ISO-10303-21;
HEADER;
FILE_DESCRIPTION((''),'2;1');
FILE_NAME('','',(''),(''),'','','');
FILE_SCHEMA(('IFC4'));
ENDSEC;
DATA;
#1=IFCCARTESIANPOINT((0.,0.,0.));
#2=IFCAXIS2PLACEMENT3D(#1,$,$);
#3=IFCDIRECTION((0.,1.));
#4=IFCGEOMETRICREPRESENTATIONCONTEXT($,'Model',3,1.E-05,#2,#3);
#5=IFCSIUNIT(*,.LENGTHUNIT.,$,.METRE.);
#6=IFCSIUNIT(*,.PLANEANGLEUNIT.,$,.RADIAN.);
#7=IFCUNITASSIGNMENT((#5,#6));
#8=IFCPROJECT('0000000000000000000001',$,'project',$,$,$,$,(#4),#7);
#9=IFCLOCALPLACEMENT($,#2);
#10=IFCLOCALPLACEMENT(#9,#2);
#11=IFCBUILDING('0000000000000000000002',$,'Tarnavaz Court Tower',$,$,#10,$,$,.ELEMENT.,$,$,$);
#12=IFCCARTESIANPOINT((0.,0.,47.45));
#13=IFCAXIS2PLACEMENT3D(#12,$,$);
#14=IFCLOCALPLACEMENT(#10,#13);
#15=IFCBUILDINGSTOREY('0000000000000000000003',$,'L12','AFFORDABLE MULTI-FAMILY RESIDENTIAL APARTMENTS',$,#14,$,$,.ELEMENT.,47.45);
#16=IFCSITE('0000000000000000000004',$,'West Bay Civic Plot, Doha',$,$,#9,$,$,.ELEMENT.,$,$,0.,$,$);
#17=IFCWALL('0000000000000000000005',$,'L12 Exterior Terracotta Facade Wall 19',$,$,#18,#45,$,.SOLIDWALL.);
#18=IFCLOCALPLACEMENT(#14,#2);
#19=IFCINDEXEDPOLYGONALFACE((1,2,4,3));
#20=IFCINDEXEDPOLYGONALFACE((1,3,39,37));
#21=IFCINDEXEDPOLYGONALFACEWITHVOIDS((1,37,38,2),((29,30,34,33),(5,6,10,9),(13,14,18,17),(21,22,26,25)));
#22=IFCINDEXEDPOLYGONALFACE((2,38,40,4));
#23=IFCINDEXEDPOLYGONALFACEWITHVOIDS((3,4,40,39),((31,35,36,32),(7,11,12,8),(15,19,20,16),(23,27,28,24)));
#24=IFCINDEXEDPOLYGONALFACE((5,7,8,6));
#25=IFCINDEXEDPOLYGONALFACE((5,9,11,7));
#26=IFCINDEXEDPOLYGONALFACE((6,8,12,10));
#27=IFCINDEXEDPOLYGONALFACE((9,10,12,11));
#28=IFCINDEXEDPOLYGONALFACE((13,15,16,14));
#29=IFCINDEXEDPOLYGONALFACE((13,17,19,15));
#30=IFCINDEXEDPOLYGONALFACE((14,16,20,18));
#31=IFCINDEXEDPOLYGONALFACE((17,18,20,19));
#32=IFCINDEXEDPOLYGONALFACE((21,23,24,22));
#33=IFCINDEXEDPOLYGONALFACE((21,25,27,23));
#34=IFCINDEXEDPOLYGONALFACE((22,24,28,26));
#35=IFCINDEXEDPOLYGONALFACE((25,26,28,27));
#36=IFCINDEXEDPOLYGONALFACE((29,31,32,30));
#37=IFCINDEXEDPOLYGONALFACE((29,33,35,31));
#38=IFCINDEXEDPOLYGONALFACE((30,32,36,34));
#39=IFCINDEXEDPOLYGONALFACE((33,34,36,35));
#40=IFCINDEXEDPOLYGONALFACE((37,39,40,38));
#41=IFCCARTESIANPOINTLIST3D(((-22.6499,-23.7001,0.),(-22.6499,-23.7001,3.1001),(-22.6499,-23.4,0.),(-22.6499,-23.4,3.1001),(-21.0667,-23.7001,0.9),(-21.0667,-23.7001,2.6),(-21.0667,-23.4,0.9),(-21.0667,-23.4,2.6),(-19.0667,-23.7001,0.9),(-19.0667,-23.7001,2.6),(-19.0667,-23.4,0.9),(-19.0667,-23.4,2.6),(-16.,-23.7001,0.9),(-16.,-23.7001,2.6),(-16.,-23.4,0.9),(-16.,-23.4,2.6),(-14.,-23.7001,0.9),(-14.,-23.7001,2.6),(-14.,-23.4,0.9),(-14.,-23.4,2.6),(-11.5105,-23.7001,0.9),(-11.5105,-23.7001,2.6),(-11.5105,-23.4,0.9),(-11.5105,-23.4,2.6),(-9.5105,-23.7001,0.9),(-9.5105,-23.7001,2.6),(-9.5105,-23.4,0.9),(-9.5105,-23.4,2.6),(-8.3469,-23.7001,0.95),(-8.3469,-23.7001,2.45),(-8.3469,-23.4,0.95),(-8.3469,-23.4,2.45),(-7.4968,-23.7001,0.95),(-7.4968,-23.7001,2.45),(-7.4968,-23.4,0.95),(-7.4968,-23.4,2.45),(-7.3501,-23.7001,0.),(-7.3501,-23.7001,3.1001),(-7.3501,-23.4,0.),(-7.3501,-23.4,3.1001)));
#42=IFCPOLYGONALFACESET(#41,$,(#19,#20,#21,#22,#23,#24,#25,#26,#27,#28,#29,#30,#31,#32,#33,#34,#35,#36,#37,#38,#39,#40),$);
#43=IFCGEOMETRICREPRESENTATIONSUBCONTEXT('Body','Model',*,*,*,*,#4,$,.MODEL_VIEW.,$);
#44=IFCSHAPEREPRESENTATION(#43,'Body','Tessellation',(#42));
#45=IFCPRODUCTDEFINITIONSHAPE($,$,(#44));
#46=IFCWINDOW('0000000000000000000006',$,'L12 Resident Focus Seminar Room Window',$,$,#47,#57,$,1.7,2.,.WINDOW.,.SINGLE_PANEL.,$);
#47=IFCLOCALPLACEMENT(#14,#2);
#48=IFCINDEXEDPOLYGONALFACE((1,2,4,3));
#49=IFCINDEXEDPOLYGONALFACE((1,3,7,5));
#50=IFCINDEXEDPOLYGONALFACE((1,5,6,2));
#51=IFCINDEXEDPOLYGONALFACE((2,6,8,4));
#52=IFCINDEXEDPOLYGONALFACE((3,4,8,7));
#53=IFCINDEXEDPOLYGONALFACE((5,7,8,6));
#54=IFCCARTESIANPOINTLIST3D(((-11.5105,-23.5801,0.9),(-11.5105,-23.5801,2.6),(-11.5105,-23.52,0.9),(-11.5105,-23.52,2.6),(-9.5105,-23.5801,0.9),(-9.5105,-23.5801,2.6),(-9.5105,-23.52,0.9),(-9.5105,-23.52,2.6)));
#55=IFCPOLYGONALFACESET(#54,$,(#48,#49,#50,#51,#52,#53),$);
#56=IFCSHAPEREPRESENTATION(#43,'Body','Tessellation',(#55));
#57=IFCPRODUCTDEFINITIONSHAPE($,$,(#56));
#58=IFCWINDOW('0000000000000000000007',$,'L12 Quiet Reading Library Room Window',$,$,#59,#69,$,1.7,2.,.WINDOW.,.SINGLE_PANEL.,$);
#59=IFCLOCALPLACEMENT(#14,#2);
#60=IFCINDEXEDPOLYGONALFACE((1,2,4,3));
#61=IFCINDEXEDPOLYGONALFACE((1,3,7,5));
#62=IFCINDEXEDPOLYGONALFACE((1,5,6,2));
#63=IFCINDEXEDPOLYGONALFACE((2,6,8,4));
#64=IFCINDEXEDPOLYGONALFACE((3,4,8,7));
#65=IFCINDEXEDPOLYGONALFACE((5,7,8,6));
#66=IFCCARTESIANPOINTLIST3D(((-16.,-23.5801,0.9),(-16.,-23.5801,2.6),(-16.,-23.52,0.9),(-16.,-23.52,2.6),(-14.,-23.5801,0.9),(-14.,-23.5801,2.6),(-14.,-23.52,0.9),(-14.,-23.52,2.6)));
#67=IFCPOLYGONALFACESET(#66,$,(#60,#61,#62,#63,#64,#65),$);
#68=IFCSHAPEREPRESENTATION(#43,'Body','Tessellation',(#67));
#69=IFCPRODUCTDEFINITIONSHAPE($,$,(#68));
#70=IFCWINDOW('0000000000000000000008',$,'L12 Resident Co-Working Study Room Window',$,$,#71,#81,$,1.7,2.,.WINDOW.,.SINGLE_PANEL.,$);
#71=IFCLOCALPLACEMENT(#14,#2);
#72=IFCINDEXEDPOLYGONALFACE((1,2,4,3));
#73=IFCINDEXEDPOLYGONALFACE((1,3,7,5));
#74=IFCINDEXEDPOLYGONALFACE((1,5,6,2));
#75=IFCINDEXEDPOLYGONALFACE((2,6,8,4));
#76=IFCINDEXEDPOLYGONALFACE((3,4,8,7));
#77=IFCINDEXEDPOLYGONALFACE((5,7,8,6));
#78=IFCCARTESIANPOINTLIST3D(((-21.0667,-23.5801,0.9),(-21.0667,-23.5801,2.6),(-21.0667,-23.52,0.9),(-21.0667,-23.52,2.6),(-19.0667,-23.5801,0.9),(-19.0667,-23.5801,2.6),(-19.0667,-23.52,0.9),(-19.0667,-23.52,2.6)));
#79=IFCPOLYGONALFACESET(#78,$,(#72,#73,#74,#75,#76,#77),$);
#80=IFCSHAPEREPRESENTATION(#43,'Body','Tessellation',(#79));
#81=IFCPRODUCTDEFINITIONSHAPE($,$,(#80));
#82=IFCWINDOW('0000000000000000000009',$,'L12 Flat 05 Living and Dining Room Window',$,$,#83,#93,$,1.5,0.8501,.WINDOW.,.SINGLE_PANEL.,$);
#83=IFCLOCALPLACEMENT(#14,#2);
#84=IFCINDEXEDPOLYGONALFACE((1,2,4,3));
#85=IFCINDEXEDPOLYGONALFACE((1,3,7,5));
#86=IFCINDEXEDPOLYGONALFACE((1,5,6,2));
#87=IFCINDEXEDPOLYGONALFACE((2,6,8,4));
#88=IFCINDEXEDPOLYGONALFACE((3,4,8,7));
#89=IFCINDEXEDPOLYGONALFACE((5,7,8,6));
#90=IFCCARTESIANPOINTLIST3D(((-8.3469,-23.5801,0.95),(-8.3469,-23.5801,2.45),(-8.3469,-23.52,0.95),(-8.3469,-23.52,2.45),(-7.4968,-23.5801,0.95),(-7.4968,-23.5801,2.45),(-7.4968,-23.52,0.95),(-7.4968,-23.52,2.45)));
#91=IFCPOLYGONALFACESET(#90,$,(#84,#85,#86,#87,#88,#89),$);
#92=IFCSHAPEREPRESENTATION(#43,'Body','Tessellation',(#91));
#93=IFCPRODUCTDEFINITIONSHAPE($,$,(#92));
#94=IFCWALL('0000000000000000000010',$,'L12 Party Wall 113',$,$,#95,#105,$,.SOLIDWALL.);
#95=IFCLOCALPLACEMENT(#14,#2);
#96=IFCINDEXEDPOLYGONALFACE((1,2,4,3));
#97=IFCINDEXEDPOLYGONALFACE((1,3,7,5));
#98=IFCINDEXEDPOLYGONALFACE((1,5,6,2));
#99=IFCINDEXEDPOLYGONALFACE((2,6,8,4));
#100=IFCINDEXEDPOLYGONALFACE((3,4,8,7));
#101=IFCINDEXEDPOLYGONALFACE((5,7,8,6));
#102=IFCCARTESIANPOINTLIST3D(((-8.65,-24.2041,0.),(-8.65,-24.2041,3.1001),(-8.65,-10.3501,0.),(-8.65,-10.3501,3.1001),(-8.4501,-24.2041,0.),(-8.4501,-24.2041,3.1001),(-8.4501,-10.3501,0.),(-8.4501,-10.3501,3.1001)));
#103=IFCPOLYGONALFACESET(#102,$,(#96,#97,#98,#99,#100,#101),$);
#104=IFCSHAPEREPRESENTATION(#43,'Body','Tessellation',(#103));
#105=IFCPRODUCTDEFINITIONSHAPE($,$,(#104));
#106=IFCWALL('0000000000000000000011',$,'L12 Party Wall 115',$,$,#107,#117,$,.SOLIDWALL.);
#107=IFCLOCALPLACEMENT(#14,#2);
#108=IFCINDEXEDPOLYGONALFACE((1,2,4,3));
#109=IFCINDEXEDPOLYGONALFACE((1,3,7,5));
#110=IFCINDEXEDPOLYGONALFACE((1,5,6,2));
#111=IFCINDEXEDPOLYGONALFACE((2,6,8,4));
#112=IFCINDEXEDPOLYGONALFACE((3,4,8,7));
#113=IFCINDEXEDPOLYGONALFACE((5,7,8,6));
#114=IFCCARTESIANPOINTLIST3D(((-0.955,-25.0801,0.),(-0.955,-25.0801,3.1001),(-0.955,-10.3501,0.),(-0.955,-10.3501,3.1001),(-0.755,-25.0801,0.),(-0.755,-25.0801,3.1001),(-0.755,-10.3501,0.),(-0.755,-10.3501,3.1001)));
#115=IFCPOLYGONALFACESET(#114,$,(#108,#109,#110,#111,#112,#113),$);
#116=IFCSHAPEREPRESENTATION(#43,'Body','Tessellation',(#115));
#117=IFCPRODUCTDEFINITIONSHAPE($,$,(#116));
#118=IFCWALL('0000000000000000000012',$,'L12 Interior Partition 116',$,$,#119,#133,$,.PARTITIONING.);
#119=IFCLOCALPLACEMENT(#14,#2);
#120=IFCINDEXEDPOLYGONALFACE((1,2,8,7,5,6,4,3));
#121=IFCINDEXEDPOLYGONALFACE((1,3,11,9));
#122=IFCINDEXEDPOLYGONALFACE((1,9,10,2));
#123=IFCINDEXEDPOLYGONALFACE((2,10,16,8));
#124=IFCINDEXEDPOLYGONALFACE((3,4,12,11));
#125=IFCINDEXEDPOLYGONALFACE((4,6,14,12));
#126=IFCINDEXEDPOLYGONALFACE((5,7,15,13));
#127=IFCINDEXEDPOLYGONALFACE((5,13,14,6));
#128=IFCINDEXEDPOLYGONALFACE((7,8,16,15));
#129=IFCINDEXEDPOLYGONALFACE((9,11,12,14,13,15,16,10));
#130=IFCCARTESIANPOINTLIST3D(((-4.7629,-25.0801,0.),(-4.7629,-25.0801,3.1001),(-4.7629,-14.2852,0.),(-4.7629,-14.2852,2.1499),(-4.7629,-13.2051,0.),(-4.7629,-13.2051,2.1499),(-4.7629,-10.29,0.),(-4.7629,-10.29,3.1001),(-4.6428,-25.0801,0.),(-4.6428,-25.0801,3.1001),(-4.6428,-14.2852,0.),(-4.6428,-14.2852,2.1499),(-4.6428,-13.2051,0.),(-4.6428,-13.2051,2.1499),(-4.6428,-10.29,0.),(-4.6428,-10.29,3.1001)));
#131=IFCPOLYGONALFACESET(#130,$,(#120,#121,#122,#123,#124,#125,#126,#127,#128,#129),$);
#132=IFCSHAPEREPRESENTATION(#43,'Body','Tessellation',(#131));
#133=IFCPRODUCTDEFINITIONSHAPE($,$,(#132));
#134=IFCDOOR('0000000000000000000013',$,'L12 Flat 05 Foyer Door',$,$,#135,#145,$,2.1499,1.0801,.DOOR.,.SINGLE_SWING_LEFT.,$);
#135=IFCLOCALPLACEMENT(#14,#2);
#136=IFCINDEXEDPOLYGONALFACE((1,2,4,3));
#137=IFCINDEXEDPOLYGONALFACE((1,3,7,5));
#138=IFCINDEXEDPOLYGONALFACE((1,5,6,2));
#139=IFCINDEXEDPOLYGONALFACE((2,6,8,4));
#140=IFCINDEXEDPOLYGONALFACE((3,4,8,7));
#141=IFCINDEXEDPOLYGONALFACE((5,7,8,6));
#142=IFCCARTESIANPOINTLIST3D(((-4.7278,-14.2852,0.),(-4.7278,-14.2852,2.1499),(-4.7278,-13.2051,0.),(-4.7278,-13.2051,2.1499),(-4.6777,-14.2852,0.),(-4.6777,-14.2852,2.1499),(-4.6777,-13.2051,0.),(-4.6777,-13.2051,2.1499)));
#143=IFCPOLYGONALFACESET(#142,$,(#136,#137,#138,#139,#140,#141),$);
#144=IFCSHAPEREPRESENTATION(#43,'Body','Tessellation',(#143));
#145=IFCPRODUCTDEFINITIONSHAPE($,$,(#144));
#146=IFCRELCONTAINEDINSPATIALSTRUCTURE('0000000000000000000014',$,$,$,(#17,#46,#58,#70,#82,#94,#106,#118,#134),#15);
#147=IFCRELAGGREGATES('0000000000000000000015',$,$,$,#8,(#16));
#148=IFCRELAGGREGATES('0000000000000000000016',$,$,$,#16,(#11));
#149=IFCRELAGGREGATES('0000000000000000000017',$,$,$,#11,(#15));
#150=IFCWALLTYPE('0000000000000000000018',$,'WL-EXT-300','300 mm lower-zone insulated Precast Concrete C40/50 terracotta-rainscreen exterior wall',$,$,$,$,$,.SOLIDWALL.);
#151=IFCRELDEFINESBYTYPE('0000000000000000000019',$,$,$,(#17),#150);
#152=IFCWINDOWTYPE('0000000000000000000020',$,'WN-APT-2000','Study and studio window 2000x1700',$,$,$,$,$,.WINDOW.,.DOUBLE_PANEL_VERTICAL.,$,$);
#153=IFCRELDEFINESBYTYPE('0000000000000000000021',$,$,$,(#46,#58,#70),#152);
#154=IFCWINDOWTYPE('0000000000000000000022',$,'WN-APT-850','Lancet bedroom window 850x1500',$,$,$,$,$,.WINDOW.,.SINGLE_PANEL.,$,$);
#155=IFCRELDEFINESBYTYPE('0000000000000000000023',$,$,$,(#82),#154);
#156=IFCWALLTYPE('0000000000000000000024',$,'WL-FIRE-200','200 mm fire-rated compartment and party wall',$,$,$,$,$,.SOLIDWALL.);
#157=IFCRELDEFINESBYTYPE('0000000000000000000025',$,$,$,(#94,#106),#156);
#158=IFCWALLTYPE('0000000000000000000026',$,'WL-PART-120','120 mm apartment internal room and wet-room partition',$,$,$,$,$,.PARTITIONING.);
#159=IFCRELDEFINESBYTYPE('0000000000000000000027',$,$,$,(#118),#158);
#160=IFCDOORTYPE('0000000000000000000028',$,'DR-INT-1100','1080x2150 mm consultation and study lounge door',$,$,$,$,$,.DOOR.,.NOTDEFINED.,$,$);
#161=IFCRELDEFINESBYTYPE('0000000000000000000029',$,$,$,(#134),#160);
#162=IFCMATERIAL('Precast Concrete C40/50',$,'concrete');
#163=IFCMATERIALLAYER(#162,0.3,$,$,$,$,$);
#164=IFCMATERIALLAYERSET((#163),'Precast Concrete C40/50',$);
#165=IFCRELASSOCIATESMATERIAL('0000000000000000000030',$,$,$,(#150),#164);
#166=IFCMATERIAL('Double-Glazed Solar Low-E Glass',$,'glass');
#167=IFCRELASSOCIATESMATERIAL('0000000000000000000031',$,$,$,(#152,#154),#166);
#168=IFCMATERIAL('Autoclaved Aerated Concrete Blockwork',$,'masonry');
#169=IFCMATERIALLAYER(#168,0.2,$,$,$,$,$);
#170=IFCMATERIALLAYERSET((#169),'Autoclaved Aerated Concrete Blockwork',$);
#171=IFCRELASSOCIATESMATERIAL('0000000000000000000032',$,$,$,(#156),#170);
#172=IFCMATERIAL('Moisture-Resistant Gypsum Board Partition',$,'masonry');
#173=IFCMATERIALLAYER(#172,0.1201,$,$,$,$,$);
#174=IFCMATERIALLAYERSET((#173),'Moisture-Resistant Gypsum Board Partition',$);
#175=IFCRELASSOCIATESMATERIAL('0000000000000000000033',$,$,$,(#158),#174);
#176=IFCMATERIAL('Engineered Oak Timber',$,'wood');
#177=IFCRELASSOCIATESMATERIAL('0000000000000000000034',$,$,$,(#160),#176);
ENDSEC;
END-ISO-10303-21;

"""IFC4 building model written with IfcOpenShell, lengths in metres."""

from ifc_helpers import new_model, si_unit, direction, frame, frame_2d, origin, place, context, subcontext, project, spatial, rectangle, extrude, material, layer, layer_set, type_object, element, fill, save


model = new_model("IFC4")

# Units and contexts
model_context = context("Model", 3, precision=1e-05, world=origin(), true_north=direction((0.0, 1.0)))
body_context = subcontext(model_context, "Body", "Model", "MODEL_VIEW")
ifc_project = project(units=[si_unit("LENGTHUNIT", "METRE"), si_unit("PLANEANGLEUNIT", "RADIAN")], contexts=[model_context])

# Site, building, storey
site_placement = place(None, origin())
site = spatial("IfcSite", under=ifc_project, at=site_placement, Name="West Bay Civic Plot, Doha", CompositionType="ELEMENT", RefElevation=0.0)
building_placement = place(site_placement, origin())
building = spatial("IfcBuilding", under=site, at=building_placement, Name="Tarnavaz Court Tower", CompositionType="ELEMENT")
storey_placement = place(building_placement, frame((0.0, 0.0, 47.45)))
storey = spatial("IfcBuildingStorey", under=building, at=storey_placement, Name="L12", Description="AFFORDABLE MULTI-FAMILY RESIDENTIAL APARTMENTS", CompositionType="ELEMENT", Elevation=47.45)

# Shared definitions
ifc_material_1 = material(Name="Double-Glazed Solar Low-E Glass", Category="glass")

# Shared definitions
ifc_material_2 = material(Name="Precast Concrete C40/50", Category="concrete")
ifc_layer_1 = layer(ifc_material_2, 0.3)
ifc_layer_set_1 = layer_set([ifc_layer_1], Name="Precast Concrete C40/50")
wall_type_1 = type_object("IfcWallType", Name="WL-EXT-300", Description="300 mm lower-zone insulated Precast Concrete C40/50 terracotta-rainscreen exterior wall", PredefinedType="SOLIDWALL", material=ifc_layer_set_1)

# Wall, openings, windows
wall_1_placement = place(storey_placement, frame((-7.3501, -23.55, 0.0), z_axis=(0.0, 0.0, 1.0), x_axis=(-1.0, 0.0, 0.0)))
wall_1 = element("IfcWall", 1, at=wall_1_placement, inside=storey, type_object=wall_type_1, Name="L12 Exterior Terracotta Facade Wall 19", PredefinedType="SOLIDWALL", context=body_context, shape_type="SweptSolid", body=[
    extrude(rectangle(XDim=15.2998, YDim=0.3, at=frame_2d((7.6499, 0.0))), origin(), (0.0, 0.0, 1.0), 3.1001),
])
opening_1_placement = place(wall_1_placement, frame((0.1467, 0.0, 0.95)))
opening_1 = element("IfcOpeningElement", 2, at=opening_1_placement, cuts=wall_1, PredefinedType="OPENING", context=body_context, shape_type="SweptSolid", body=[
    extrude(rectangle(XDim=0.8501, YDim=1.5, at=frame_2d((0.425, 0.75))), frame((0.0, 0.1599, 0.0), z_axis=(0.0, -1.0, 0.0), x_axis=(1.0, 0.0, 0.0)), (0.0, 0.0, 1.0), 0.3201),
])
opening_2_placement = place(wall_1_placement, frame((2.1604, 0.0, 0.8999)))
opening_2 = element("IfcOpeningElement", 3, at=opening_2_placement, cuts=wall_1, PredefinedType="OPENING", context=body_context, shape_type="SweptSolid", body=[
    extrude(rectangle(XDim=2.0, YDim=1.7, at=frame_2d((1.0, 0.8501))), frame((0.0, 0.1599, 0.0), z_axis=(0.0, -1.0, 0.0), x_axis=(1.0, 0.0, 0.0)), (0.0, 0.0, 1.0), 0.3201),
])
opening_3_placement = place(wall_1_placement, frame((6.6499, 0.0, 0.8999)))
opening_3 = element("IfcOpeningElement", 4, at=opening_3_placement, cuts=wall_1, PredefinedType="OPENING", context=body_context, shape_type="SweptSolid", body=[
    extrude(rectangle(XDim=2.0, YDim=1.7, at=frame_2d((1.0, 0.8501))), frame((0.0, 0.1599, 0.0), z_axis=(0.0, -1.0, 0.0), x_axis=(1.0, 0.0, 0.0)), (0.0, 0.0, 1.0), 0.3201),
])
opening_4_placement = place(wall_1_placement, frame((11.7166, 0.0, 0.8999)))
opening_4 = element("IfcOpeningElement", 5, at=opening_4_placement, cuts=wall_1, PredefinedType="OPENING", context=body_context, shape_type="SweptSolid", body=[
    extrude(rectangle(XDim=2.0, YDim=1.7, at=frame_2d((1.0, 0.8501))), frame((0.0, 0.1599, 0.0), z_axis=(0.0, -1.0, 0.0), x_axis=(1.0, 0.0, 0.0)), (0.0, 0.0, 1.0), 0.3201),
])
window_type_1 = type_object("IfcWindowType", Name="WN-APT-2000", Description="Study and studio window 2000x1700", PartitioningType="DOUBLE_PANEL_VERTICAL", PredefinedType="WINDOW", material=ifc_material_1)
window_1_placement = place(opening_2_placement, origin())
window_1 = element("IfcWindow", 6, at=window_1_placement, inside=storey, type_object=window_type_1, Name="L12 Resident Focus Seminar Room Window", OverallHeight=1.7, OverallWidth=2.0, PartitioningType="SINGLE_PANEL", PredefinedType="WINDOW", context=body_context, shape_type="SweptSolid", body=[
    extrude(rectangle(XDim=2.0, YDim=1.7, at=frame_2d((1.0, 0.8501))), frame((0.0, 0.03, 0.0), z_axis=(0.0, -1.0, 0.0), x_axis=(1.0, 0.0, 0.0)), (0.0, 0.0, 1.0), 0.0601),
])
fill(opening_2, window_1)
window_2_placement = place(opening_3_placement, origin())
window_2 = element("IfcWindow", 7, at=window_2_placement, inside=storey, type_object=window_type_1, Name="L12 Quiet Reading Library Room Window", OverallHeight=1.7, OverallWidth=2.0, PartitioningType="SINGLE_PANEL", PredefinedType="WINDOW", context=body_context, shape_type="SweptSolid", body=[
    extrude(rectangle(XDim=2.0, YDim=1.7, at=frame_2d((1.0, 0.8501))), frame((0.0, 0.03, 0.0), z_axis=(0.0, -1.0, 0.0), x_axis=(1.0, 0.0, 0.0)), (0.0, 0.0, 1.0), 0.0601),
])
fill(opening_3, window_2)
window_3_placement = place(opening_4_placement, origin())
window_3 = element("IfcWindow", 8, at=window_3_placement, inside=storey, type_object=window_type_1, Name="L12 Resident Co-Working Study Room Window", OverallHeight=1.7, OverallWidth=2.0, PartitioningType="SINGLE_PANEL", PredefinedType="WINDOW", context=body_context, shape_type="SweptSolid", body=[
    extrude(rectangle(XDim=2.0, YDim=1.7, at=frame_2d((1.0, 0.8501))), frame((0.0, 0.03, 0.0), z_axis=(0.0, -1.0, 0.0), x_axis=(1.0, 0.0, 0.0)), (0.0, 0.0, 1.0), 0.0601),
])
fill(opening_4, window_3)
window_type_2 = type_object("IfcWindowType", Name="WN-APT-850", Description="Lancet bedroom window 850x1500", PartitioningType="SINGLE_PANEL", PredefinedType="WINDOW", material=ifc_material_1)
window_4_placement = place(opening_1_placement, origin())
window_4 = element("IfcWindow", 9, at=window_4_placement, inside=storey, type_object=window_type_2, Name="L12 Flat 05 Living and Dining Room Window", OverallHeight=1.5, OverallWidth=0.8501, PartitioningType="SINGLE_PANEL", PredefinedType="WINDOW", context=body_context, shape_type="SweptSolid", body=[
    extrude(rectangle(XDim=0.8501, YDim=1.5, at=frame_2d((0.425, 0.75))), frame((0.0, 0.03, 0.0), z_axis=(0.0, -1.0, 0.0), x_axis=(1.0, 0.0, 0.0)), (0.0, 0.0, 1.0), 0.0601),
])
fill(opening_1, window_4)

# Walls
ifc_material_3 = material(Name="Autoclaved Aerated Concrete Blockwork", Category="masonry")
ifc_layer_2 = layer(ifc_material_3, 0.2)
ifc_layer_set_2 = layer_set([ifc_layer_2], Name="Autoclaved Aerated Concrete Blockwork")
wall_type_2 = type_object("IfcWallType", Name="WL-FIRE-200", Description="200 mm fire-rated compartment and party wall", PredefinedType="SOLIDWALL", material=ifc_layer_set_2)
wall_2_placement = place(storey_placement, frame((-8.55, -24.2041, 0.0), z_axis=(0.0, 0.0, 1.0), x_axis=(0.0, 1.0, 0.0)))
element("IfcWall", 10, at=wall_2_placement, inside=storey, type_object=wall_type_2, Name="L12 Party Wall 113", PredefinedType="SOLIDWALL", context=body_context, shape_type="SweptSolid", body=[
    extrude(rectangle(XDim=13.854, YDim=0.2, at=frame_2d((6.927, 0.0))), origin(), (0.0, 0.0, 1.0), 3.1001),
])
wall_3_placement = place(storey_placement, frame((-0.855, -25.0801, 0.0), z_axis=(0.0, 0.0, 1.0), x_axis=(0.0, 1.0, 0.0)))
element("IfcWall", 11, at=wall_3_placement, inside=storey, type_object=wall_type_2, Name="L12 Party Wall 115", PredefinedType="SOLIDWALL", context=body_context, shape_type="SweptSolid", body=[
    extrude(rectangle(XDim=14.73, YDim=0.2, at=frame_2d((7.365, 0.0))), origin(), (0.0, 0.0, 1.0), 3.1001),
])

# Wall, opening, door
ifc_material_4 = material(Name="Moisture-Resistant Gypsum Board Partition", Category="masonry")
ifc_layer_3 = layer(ifc_material_4, 0.1201)
ifc_layer_set_3 = layer_set([ifc_layer_3], Name="Moisture-Resistant Gypsum Board Partition")
wall_type_3 = type_object("IfcWallType", Name="WL-PART-120", Description="120 mm apartment internal room and wet-room partition", PredefinedType="PARTITIONING", material=ifc_layer_set_3)
wall_4_placement = place(storey_placement, frame((-4.7029, -25.0801, 0.0), z_axis=(0.0, 0.0, 1.0), x_axis=(0.0, 1.0, 0.0)))
wall_4 = element("IfcWall", 12, at=wall_4_placement, inside=storey, type_object=wall_type_3, Name="L12 Interior Partition 116", PredefinedType="PARTITIONING", context=body_context, shape_type="SweptSolid", body=[
    extrude(rectangle(XDim=14.79, YDim=0.1201, at=frame_2d((7.395, 0.0))), origin(), (0.0, 0.0, 1.0), 3.1001),
])
opening_5_placement = place(wall_4_placement, frame((10.7949, 0.0, 0.0)))
opening_5 = element("IfcOpeningElement", 13, at=opening_5_placement, cuts=wall_4, PredefinedType="OPENING", context=body_context, shape_type="SweptSolid", body=[
    extrude(rectangle(XDim=1.0801, YDim=2.1499, at=frame_2d((0.54, 1.075))), frame((0.0, 0.0701, 0.0), z_axis=(0.0, -1.0, 0.0), x_axis=(1.0, 0.0, 0.0)), (0.0, 0.0, 1.0), 0.1401),
])
ifc_material_5 = material(Name="Engineered Oak Timber", Category="wood")
door_type_1 = type_object("IfcDoorType", Name="DR-INT-1100", Description="1080x2150 mm consultation and study lounge door", OperationType="NOTDEFINED", PredefinedType="DOOR", material=ifc_material_5)
door_1_placement = place(opening_5_placement, origin())
door_1 = element("IfcDoor", 14, at=door_1_placement, inside=storey, type_object=door_type_1, Name="L12 Flat 05 Foyer Door", OperationType="SINGLE_SWING_LEFT", OverallHeight=2.1499, OverallWidth=1.0801, PredefinedType="DOOR", context=body_context, shape_type="SweptSolid", body=[
    extrude(rectangle(XDim=1.0801, YDim=2.1499, at=frame_2d((0.54, 1.075))), frame((0.0, 0.0249, 0.0), z_axis=(0.0, -1.0, 0.0), x_axis=(1.0, 0.0, 0.0)), (0.0, 0.0, 1.0), 0.05),
])
fill(opening_5, door_1)

save(model, "model.ifc")
